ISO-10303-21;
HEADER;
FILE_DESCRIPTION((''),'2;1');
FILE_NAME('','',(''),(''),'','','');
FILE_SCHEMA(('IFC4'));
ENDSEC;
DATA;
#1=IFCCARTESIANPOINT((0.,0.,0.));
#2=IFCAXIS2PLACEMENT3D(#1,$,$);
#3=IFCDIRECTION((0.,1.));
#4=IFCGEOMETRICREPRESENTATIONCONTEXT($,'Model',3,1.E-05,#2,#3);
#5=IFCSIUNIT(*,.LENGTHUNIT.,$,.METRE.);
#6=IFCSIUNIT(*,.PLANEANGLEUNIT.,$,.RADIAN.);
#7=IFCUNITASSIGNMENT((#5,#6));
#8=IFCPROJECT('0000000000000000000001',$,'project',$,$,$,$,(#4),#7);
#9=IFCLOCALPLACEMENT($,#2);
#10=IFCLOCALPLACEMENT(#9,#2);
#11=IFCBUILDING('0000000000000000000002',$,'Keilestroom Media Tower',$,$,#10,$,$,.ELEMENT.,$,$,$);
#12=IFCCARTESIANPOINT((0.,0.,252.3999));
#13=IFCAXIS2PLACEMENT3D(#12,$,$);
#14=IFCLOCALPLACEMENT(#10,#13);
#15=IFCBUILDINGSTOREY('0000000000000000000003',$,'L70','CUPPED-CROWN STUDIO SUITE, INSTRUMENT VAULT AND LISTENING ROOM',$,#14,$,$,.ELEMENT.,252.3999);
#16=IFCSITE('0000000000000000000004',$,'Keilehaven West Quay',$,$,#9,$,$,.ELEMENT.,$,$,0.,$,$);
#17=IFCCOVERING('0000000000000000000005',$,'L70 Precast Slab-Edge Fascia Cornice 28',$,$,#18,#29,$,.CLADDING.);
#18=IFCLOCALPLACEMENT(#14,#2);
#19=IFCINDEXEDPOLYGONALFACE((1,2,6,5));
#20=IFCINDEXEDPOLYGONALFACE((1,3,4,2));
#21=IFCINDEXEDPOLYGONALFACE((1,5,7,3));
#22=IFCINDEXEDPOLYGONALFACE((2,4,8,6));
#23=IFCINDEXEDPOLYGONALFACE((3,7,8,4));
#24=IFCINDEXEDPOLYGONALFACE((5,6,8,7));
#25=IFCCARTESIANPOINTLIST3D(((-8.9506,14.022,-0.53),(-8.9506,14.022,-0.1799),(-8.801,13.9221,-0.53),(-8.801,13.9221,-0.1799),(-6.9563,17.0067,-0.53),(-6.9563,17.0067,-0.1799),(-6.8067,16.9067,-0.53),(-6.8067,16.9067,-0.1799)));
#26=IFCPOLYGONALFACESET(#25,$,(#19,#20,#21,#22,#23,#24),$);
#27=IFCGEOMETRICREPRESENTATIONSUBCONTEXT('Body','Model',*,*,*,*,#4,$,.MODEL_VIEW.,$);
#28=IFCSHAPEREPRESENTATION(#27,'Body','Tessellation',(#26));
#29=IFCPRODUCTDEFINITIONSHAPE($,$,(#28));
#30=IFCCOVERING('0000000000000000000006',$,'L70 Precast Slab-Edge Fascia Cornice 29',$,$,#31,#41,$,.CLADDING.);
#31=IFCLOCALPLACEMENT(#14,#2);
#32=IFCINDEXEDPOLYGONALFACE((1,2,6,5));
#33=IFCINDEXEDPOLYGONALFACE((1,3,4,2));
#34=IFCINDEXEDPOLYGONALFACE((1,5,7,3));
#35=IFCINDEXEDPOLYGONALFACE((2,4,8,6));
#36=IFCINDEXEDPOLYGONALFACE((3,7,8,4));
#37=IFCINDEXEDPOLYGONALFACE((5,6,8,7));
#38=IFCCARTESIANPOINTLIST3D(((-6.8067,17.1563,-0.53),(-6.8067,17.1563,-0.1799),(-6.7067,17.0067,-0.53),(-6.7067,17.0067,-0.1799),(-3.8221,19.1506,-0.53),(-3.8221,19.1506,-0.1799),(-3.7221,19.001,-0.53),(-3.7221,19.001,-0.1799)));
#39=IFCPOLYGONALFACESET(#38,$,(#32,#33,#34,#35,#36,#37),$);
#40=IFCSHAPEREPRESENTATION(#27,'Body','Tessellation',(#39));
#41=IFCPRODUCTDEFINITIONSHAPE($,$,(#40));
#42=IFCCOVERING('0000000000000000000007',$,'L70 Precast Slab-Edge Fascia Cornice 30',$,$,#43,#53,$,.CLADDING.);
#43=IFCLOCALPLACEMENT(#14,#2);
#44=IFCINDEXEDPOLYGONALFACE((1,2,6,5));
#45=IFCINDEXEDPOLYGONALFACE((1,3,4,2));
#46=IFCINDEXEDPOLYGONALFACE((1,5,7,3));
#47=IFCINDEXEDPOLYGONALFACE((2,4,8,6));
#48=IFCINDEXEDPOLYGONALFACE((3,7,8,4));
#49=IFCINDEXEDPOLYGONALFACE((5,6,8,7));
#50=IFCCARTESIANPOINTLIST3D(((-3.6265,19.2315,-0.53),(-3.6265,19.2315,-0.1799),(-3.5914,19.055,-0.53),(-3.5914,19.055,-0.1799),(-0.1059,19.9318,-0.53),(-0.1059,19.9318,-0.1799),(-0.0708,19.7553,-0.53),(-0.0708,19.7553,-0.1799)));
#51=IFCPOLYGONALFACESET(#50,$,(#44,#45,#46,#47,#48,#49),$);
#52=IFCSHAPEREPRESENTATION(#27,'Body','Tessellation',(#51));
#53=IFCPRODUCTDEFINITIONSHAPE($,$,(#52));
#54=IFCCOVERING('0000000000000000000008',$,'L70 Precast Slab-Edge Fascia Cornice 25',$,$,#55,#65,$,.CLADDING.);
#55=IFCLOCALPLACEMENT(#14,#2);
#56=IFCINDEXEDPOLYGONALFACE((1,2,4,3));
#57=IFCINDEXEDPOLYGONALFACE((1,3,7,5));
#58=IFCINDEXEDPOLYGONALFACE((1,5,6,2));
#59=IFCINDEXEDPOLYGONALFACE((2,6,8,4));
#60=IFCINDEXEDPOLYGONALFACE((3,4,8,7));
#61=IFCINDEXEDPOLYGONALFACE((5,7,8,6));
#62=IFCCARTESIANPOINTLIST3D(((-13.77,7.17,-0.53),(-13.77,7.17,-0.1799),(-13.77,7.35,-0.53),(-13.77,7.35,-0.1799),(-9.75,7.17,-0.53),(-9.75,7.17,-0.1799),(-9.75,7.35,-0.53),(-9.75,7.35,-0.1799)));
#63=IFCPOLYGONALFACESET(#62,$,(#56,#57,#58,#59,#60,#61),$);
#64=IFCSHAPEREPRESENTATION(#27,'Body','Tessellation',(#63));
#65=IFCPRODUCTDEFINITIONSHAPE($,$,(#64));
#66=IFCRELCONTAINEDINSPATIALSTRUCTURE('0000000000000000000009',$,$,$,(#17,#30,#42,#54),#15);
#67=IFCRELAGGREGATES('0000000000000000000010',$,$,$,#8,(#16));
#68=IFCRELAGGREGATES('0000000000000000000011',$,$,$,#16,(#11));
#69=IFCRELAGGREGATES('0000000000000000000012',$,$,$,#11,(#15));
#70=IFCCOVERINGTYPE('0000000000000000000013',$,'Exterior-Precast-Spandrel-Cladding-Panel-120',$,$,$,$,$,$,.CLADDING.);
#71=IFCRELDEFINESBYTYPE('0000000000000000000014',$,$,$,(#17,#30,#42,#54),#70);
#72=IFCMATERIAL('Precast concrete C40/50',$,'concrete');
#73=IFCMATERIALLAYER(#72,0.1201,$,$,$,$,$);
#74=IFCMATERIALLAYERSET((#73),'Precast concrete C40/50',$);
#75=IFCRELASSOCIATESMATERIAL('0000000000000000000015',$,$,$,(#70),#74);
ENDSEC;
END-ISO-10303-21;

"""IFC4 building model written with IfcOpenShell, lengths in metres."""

from ifc_helpers import new_model, si_unit, direction, frame, origin, origin_2d, place, context, subcontext, project, spatial, rectangle, extrude, source, transform, mapped, material, layer, layer_set, type_object, element, save


model = new_model("IFC4")

# Units and contexts
model_context = context("Model", 3, precision=1e-05, world=origin(), true_north=direction((0.0, 1.0)))
body_context = subcontext(model_context, "Body", "Model", "MODEL_VIEW")
ifc_project = project(units=[si_unit("LENGTHUNIT", "METRE"), si_unit("PLANEANGLEUNIT", "RADIAN")], contexts=[model_context])

# Site, building, storey
site_placement = place(None, origin())
site = spatial("IfcSite", under=ifc_project, at=site_placement, Name="Keilehaven West Quay", CompositionType="ELEMENT", RefElevation=0.0)
building_placement = place(site_placement, origin())
building = spatial("IfcBuilding", under=site, at=building_placement, Name="Keilestroom Media Tower", CompositionType="ELEMENT")
storey_placement = place(building_placement, frame((0.0, 0.0, 252.3999)))
storey = spatial("IfcBuildingStorey", under=building, at=storey_placement, Name="L70", Description="CUPPED-CROWN STUDIO SUITE, INSTRUMENT VAULT AND LISTENING ROOM", CompositionType="ELEMENT", Elevation=252.3999)

# Shared definitions
ifc_material_1 = material(Name="Precast concrete C40/50", Category="concrete")

# Coverings
ifc_layer_1 = layer(ifc_material_1, 0.1201)
ifc_layer_set_1 = layer_set([ifc_layer_1], Name="Precast concrete C40/50")
covering_type = type_object("IfcCoveringType", Name="Exterior-Precast-Spandrel-Cladding-Panel-120", PredefinedType="CLADDING", material=ifc_layer_set_1)
shared_shape_1 = source(origin(), body_context, "Body", "SweptSolid", [
    extrude(rectangle(XDim=3.5896, YDim=0.1799, at=origin_2d()), origin(), (0.0, 0.0, 1.0), 0.3501),
])
for number, where, z_axis, x_axis, name in (
    (1, (-7.8787, 15.4644, -0.53), (0.0, 0.0, 1.0), (0.555575, 0.831467, 0.0), "L70 Precast Slab-Edge Fascia Cornice 28"),
    (2, (-5.2644, 18.0786, -0.53), (0.0, 0.0, 1.0), (0.831467, 0.555575, 0.0), "L70 Precast Slab-Edge Fascia Cornice 29"),
    (3, (-1.8486, 19.4934, -0.53), (0.0, 0.0, 1.0), (0.980784, 0.195099, 0.0), "L70 Precast Slab-Edge Fascia Cornice 30"),
):
    element("IfcCovering", number, at=place(storey_placement, frame(where, z_axis=z_axis, x_axis=x_axis)), inside=storey, type_object=covering_type, Name=name, PredefinedType="CLADDING", context=body_context, shape_type="MappedRepresentation", body=[
        mapped(shared_shape_1, transform((0.0, 0.0, 0.0), x_axis=(1.0, 0.0, 0.0), y_axis=(0.0, 1.0, 0.0), z_axis=(0.0, 0.0, 1.0), scale=1.0)),
    ])
shared_shape_2 = source(origin(), body_context, "Body", "SweptSolid", [
    extrude(rectangle(XDim=4.02, YDim=0.1799, at=origin_2d()), origin(), (0.0, 0.0, 1.0), 0.3501),
])
covering_1_placement = place(storey_placement, frame((-11.76, 7.26, -0.53), z_axis=(0.0, 0.0, 1.0), x_axis=(1.0, 0.0, 0.0)))
element("IfcCovering", 4, at=covering_1_placement, inside=storey, type_object=covering_type, Name="L70 Precast Slab-Edge Fascia Cornice 25", PredefinedType="CLADDING", context=body_context, shape_type="MappedRepresentation", body=[
    mapped(shared_shape_2, transform((0.0, 0.0, 0.0), x_axis=(1.0, 0.0, 0.0), y_axis=(0.0, 1.0, 0.0), z_axis=(0.0, 0.0, 1.0), scale=1.0)),
])

save(model, "model.ifc")
